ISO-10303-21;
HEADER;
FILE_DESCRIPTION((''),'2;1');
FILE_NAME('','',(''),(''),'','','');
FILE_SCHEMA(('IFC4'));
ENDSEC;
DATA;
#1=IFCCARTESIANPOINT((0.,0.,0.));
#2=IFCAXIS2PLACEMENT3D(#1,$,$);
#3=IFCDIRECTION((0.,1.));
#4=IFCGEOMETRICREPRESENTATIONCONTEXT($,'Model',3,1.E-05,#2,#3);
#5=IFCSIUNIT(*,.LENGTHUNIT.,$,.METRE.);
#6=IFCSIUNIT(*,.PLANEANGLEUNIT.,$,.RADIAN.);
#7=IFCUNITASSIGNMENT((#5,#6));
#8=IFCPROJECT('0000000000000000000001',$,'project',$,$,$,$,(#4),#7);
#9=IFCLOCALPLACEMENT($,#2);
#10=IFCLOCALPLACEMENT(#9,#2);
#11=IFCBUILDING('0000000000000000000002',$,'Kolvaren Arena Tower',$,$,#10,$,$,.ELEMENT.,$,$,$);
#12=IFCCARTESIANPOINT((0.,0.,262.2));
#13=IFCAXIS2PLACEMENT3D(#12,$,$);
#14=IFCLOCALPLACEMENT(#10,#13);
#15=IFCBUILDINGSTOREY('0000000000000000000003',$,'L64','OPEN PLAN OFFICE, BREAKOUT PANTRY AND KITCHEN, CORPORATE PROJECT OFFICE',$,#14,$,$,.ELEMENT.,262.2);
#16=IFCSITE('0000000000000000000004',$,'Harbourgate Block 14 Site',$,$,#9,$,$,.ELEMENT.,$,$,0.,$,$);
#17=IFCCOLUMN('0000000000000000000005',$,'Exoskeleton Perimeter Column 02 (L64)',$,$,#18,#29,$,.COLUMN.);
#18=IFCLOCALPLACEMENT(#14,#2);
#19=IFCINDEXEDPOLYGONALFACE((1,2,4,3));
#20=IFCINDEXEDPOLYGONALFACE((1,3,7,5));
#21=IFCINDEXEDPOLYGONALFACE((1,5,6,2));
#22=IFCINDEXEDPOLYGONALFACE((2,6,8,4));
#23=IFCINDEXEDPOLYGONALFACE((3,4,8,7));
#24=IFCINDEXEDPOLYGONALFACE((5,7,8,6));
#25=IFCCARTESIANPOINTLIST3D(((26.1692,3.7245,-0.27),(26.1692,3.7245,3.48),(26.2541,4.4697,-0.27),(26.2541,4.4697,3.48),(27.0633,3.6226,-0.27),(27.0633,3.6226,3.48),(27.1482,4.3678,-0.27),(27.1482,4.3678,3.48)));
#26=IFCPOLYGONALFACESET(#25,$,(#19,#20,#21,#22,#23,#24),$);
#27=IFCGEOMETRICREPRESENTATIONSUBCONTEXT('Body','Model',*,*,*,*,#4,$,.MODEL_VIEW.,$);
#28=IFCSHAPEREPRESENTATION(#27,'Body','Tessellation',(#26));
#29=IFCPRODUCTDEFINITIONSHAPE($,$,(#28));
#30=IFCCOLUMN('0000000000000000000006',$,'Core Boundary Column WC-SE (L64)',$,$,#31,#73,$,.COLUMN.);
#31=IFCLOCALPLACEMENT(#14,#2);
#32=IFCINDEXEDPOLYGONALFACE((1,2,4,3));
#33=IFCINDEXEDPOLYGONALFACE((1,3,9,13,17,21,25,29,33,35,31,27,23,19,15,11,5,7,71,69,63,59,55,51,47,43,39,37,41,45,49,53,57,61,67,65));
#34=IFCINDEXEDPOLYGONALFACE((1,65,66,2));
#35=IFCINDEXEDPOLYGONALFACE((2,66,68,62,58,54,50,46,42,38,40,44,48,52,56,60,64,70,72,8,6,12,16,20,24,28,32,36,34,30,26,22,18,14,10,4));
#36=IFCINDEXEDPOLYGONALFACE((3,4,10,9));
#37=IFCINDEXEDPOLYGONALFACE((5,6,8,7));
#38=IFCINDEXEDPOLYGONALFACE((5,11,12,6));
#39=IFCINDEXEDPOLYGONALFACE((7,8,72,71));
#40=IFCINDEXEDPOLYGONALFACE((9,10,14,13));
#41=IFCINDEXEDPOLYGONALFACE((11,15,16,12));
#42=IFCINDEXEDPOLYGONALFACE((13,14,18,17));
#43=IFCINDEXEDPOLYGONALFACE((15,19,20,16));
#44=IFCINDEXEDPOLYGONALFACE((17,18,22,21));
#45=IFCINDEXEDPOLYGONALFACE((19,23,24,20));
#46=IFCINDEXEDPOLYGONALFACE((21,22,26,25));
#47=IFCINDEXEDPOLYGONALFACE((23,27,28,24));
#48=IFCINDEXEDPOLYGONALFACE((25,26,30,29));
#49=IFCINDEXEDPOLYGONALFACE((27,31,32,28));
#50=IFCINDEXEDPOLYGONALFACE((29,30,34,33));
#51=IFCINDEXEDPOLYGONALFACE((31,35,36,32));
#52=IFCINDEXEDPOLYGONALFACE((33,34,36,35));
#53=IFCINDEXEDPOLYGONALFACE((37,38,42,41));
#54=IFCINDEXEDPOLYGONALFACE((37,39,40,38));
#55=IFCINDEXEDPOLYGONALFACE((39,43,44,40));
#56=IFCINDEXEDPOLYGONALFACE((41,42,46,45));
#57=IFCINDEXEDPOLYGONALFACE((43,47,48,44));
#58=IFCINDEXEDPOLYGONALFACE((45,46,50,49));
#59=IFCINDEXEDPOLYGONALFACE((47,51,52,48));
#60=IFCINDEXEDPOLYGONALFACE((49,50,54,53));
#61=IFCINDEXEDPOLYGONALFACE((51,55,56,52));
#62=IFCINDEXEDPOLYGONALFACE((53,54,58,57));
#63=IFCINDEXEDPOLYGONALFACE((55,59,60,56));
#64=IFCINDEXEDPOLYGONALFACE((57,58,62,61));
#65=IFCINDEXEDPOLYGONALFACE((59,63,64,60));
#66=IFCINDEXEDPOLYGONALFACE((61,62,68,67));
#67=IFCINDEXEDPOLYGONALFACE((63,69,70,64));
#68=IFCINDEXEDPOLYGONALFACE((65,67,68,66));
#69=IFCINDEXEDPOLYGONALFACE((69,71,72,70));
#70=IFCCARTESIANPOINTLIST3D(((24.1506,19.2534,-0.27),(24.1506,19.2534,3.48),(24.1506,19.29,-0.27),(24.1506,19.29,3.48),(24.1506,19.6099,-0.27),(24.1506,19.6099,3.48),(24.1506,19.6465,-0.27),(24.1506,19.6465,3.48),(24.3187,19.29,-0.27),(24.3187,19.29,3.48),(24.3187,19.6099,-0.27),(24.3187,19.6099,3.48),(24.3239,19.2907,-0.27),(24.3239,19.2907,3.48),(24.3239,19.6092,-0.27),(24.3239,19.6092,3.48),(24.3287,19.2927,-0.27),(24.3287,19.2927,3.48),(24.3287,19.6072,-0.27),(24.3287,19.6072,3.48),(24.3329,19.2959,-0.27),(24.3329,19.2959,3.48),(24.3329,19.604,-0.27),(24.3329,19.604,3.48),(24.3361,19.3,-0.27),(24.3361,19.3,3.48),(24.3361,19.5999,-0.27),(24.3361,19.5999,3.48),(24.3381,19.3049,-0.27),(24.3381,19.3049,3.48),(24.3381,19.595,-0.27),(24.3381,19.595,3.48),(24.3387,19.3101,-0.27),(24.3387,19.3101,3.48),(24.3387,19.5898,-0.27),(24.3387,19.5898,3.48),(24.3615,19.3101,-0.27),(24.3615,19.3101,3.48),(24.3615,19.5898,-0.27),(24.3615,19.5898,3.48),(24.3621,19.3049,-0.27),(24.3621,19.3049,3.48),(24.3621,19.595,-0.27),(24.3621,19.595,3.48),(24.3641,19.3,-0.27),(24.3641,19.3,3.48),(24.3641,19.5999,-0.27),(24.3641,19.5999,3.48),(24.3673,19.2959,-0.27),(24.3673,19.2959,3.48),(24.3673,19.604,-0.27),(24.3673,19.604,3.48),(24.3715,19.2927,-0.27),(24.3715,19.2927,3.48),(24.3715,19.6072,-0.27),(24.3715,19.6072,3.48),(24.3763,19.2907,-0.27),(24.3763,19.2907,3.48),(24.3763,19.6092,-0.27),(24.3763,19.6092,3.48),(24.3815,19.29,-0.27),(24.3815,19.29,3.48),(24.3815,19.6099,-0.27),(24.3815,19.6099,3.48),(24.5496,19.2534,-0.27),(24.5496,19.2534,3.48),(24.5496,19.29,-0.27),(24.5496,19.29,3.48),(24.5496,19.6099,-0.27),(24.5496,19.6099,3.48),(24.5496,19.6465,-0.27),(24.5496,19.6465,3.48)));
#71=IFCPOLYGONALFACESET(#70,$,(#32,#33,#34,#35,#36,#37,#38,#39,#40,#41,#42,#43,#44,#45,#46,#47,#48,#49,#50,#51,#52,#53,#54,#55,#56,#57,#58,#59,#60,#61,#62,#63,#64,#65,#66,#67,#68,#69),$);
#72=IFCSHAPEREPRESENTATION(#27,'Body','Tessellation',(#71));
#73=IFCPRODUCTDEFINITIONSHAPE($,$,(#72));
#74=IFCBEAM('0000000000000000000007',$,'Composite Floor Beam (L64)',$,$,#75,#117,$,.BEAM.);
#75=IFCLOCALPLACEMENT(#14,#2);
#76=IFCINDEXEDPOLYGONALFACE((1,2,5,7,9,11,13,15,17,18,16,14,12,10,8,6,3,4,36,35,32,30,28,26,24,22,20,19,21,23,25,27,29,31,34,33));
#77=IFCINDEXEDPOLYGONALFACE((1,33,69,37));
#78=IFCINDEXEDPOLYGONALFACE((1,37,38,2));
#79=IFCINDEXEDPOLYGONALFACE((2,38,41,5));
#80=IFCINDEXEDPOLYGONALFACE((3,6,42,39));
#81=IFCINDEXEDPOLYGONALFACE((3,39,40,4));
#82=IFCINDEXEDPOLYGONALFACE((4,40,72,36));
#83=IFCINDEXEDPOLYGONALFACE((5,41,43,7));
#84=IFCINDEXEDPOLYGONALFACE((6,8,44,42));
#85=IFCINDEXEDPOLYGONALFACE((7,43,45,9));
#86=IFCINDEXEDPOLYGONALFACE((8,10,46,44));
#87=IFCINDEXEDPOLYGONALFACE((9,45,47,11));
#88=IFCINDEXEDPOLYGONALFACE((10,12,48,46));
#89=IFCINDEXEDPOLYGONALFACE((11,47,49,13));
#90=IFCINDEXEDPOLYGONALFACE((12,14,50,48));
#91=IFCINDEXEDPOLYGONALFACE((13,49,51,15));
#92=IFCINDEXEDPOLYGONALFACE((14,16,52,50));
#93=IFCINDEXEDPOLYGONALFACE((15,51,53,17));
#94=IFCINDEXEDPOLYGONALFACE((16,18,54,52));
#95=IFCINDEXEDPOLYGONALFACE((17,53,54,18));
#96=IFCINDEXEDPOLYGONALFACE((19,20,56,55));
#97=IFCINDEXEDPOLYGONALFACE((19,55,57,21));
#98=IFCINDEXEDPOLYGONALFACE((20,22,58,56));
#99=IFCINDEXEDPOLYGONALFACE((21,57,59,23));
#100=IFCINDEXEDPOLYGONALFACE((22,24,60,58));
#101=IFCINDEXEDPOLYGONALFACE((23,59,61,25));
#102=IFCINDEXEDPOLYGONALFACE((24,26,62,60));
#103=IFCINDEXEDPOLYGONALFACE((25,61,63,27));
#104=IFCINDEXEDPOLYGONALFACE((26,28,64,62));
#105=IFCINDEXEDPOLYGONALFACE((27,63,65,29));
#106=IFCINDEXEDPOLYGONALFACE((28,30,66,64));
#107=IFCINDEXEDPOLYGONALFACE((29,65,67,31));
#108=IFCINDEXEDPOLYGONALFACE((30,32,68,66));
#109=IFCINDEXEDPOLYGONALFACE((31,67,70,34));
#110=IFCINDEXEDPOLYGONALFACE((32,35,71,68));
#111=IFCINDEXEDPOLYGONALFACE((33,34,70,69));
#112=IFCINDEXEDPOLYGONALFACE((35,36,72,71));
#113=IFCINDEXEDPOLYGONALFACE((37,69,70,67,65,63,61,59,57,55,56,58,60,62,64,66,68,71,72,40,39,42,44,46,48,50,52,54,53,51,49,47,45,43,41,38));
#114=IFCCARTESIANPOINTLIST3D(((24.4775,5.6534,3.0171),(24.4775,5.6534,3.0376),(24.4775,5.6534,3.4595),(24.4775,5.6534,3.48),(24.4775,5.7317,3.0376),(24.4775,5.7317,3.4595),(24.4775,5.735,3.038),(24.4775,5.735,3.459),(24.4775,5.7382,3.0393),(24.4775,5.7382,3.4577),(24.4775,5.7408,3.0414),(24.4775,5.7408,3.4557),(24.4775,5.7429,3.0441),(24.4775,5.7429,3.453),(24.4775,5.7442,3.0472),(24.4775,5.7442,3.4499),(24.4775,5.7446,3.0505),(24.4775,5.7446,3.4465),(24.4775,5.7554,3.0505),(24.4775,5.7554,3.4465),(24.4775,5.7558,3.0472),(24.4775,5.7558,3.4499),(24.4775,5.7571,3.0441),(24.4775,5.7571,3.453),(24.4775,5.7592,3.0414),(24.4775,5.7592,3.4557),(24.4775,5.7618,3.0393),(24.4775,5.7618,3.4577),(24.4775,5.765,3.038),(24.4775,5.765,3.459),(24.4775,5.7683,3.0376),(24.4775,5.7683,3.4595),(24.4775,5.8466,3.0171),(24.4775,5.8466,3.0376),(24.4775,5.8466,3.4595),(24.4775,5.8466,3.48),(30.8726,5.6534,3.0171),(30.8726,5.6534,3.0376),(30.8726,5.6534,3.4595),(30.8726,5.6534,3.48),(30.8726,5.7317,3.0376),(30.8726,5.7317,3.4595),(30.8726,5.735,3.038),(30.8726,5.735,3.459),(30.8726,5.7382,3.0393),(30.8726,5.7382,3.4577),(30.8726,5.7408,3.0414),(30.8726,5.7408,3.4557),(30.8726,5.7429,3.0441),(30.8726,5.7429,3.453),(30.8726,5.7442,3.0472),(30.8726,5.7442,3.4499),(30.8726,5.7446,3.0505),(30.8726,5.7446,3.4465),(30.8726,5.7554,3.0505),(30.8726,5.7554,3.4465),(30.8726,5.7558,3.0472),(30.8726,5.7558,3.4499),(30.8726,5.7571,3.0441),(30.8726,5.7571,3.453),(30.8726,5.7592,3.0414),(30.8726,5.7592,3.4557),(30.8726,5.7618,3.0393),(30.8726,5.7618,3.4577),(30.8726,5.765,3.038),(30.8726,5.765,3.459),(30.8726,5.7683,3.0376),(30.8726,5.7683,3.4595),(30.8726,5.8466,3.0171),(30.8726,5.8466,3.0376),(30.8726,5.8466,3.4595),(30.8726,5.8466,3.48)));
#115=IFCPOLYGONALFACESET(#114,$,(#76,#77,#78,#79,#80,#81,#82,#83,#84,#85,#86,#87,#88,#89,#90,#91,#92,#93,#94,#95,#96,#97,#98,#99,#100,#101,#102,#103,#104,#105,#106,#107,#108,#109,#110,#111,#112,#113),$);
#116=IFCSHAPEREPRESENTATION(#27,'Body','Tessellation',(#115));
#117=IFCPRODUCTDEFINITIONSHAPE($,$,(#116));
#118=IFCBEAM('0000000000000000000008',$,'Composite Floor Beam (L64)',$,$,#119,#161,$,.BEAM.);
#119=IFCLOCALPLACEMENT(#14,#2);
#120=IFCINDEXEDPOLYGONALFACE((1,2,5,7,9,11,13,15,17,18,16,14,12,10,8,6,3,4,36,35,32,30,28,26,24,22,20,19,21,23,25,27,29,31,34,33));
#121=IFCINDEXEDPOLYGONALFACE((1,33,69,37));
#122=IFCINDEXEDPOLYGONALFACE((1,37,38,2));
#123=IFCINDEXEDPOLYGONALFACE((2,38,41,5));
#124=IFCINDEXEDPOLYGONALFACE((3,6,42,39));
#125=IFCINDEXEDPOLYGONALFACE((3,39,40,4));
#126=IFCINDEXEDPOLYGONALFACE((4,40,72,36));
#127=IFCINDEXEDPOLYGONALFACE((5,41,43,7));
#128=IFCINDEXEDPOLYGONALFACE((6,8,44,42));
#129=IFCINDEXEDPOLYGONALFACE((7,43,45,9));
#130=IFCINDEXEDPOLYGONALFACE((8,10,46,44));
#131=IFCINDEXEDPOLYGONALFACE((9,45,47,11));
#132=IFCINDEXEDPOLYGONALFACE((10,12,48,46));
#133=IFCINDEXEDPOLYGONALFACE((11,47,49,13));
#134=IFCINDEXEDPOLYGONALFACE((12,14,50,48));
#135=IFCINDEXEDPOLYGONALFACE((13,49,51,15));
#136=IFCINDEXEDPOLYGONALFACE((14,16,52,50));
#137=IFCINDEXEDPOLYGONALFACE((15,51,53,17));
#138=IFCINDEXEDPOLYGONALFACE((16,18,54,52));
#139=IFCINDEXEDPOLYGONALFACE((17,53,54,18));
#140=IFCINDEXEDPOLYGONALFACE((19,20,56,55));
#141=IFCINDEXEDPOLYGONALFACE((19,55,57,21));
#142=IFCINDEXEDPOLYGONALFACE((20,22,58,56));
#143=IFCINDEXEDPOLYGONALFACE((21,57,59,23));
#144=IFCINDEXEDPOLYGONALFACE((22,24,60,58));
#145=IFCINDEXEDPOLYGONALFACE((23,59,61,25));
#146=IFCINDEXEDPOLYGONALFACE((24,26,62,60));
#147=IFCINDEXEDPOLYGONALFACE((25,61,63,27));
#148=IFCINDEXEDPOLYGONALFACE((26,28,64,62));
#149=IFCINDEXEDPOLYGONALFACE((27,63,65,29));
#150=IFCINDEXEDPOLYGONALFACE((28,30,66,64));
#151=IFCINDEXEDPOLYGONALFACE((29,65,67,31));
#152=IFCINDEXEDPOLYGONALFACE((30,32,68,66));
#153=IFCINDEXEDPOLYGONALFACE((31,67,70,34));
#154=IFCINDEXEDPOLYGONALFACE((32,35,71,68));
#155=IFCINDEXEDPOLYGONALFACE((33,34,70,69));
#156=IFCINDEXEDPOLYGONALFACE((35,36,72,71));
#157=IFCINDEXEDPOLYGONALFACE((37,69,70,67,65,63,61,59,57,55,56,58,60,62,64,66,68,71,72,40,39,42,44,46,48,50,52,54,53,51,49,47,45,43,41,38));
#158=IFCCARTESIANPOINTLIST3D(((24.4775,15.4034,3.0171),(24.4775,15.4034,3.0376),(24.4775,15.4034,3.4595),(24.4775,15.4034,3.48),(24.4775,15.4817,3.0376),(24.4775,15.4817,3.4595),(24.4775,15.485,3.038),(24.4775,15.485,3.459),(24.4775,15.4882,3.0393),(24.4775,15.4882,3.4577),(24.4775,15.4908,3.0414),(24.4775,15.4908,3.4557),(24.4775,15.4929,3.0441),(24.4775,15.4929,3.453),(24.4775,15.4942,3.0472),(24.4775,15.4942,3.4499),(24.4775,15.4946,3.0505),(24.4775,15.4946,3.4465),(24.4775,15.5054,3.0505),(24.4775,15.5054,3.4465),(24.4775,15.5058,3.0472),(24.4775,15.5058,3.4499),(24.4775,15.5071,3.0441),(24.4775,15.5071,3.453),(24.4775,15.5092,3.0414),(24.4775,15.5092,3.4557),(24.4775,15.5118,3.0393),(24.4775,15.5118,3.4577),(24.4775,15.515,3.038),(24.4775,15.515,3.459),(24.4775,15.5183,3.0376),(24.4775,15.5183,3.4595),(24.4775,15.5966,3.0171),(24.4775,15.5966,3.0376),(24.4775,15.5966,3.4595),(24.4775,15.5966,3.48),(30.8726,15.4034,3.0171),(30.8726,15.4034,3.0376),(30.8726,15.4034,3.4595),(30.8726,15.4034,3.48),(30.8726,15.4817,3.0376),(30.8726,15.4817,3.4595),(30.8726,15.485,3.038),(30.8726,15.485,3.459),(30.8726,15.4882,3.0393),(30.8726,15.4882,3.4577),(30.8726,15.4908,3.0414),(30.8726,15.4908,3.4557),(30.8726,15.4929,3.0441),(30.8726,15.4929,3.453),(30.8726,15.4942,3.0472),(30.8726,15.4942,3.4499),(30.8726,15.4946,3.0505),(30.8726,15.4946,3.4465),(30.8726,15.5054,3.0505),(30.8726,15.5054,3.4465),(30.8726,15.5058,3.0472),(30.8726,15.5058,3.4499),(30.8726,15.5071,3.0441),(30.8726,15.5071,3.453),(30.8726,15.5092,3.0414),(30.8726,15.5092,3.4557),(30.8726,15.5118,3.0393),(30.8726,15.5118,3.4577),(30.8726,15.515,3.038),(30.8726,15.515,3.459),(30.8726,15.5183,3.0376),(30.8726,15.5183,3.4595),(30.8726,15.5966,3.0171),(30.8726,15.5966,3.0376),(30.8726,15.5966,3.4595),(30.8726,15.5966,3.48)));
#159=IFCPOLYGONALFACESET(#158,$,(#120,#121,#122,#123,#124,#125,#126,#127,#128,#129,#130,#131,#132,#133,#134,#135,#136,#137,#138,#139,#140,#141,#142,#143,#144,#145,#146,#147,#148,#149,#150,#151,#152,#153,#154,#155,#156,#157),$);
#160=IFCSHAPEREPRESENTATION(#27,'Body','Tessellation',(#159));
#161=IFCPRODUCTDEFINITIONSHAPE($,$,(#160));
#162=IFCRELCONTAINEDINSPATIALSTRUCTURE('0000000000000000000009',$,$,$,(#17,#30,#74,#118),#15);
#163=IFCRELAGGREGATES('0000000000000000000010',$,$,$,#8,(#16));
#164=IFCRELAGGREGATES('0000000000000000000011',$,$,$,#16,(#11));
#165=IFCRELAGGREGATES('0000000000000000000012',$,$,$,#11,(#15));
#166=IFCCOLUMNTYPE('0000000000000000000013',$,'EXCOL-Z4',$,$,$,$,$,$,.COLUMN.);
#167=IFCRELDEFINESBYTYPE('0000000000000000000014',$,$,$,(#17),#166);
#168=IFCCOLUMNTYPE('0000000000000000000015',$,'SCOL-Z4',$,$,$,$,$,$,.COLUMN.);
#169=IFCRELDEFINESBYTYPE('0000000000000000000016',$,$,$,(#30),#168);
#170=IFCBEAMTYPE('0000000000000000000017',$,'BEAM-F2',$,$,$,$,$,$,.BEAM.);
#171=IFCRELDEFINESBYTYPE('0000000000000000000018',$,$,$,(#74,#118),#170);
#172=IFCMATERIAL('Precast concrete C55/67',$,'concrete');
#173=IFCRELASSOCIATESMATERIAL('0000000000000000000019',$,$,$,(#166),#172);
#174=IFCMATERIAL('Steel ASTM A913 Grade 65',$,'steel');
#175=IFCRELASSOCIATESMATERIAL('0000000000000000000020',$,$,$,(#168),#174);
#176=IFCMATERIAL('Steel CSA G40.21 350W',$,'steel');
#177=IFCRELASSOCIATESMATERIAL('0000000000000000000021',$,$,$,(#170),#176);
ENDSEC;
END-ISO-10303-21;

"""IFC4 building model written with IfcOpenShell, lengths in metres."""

from ifc_helpers import new_model, si_unit, direction, frame, origin, origin_2d, place, context, subcontext, project, spatial, rectangle, i_section, extrude, material, material_profile, profile_set, type_object, element, save


model = new_model("IFC4")

# Units and contexts
model_context = context("Model", 3, precision=1e-05, world=origin(), true_north=direction((0.0, 1.0)))
body_context = subcontext(model_context, "Body", "Model", "MODEL_VIEW")
ifc_project = project(units=[si_unit("LENGTHUNIT", "METRE"), si_unit("PLANEANGLEUNIT", "RADIAN")], contexts=[model_context])

# Site, building, storey
site_placement = place(None, origin())
site = spatial("IfcSite", under=ifc_project, at=site_placement, Name="Harbourgate Block 14 Site", CompositionType="ELEMENT", RefElevation=0.0)
building_placement = place(site_placement, origin())
building = spatial("IfcBuilding", under=site, at=building_placement, Name="Kolvaren Arena Tower", CompositionType="ELEMENT")
storey_placement = place(building_placement, frame((0.0, 0.0, 262.2)))
storey = spatial("IfcBuildingStorey", under=building, at=storey_placement, Name="L64", Description="OPEN PLAN OFFICE, BREAKOUT PANTRY AND KITCHEN, CORPORATE PROJECT OFFICE", CompositionType="ELEMENT", Elevation=262.2)

# Columns
ifc_material_1 = material(Name="Precast concrete C55/67", Category="concrete")
ifc_material_profile_1 = material_profile(ifc_material_1, rectangle(XDim=0.8999, YDim=0.75, at=origin_2d()), Name="RC-900x750")
ifc_profile_set_1 = profile_set([ifc_material_profile_1], Name="Precast concrete C55/67")
column_type_1 = type_object("IfcColumnType", Name="EXCOL-Z4", PredefinedType="COLUMN", material=ifc_profile_set_1)
column_1_placement = place(storey_placement, frame((26.6587, 4.0461, -0.27), z_axis=(0.0, 0.0, 1.0), x_axis=(0.993572, -0.113203, 0.0)))
element("IfcColumn", 1, at=column_1_placement, inside=storey, type_object=column_type_1, Name="Exoskeleton Perimeter Column 02 (L64)", PredefinedType="COLUMN", context=body_context, shape_type="SweptSolid", body=[
    extrude(rectangle(XDim=0.8999, YDim=0.75, at=origin_2d()), origin(), (0.0, 0.0, 1.0), 3.75),
])
ifc_material_2 = material(Name="Steel ASTM A913 Grade 65", Category="steel")
ifc_material_profile_2 = material_profile(ifc_material_2, i_section(OverallWidth=0.3989, OverallDepth=0.3931, WebThickness=0.0227, FlangeThickness=0.0366, FilletRadius=0.02, at=origin_2d()), Name="W360x287")
ifc_profile_set_2 = profile_set([ifc_material_profile_2], Name="Steel ASTM A913 Grade 65")
column_type_2 = type_object("IfcColumnType", Name="SCOL-Z4", PredefinedType="COLUMN", material=ifc_profile_set_2)
column_2_placement = place(storey_placement, frame((24.3501, 19.45, -0.27), z_axis=(0.0, 0.0, 1.0), x_axis=(1.0, 0.0, 0.0)))
element("IfcColumn", 2, at=column_2_placement, inside=storey, type_object=column_type_2, Name="Core Boundary Column WC-SE (L64)", PredefinedType="COLUMN", context=body_context, shape_type="SweptSolid", body=[
    extrude(i_section(OverallWidth=0.3989, OverallDepth=0.3931, WebThickness=0.0227, FlangeThickness=0.0366, FilletRadius=0.02, at=origin_2d()), origin(), (0.0, 0.0, 1.0), 3.75),
])

# Beams
ifc_material_3 = material(Name="Steel CSA G40.21 350W", Category="steel")
ifc_material_profile_3 = material_profile(ifc_material_3, i_section(OverallWidth=0.1931, OverallDepth=0.4629, WebThickness=0.0107, FlangeThickness=0.0205, FilletRadius=0.0129, at=origin_2d()), Name="W460x113")
ifc_profile_set_3 = profile_set([ifc_material_profile_3], Name="Steel CSA G40.21 350W")
beam_type_1 = type_object("IfcBeamType", Name="BEAM-F2", PredefinedType="BEAM", material=ifc_profile_set_3)
for number, where, z_axis, x_axis, name in (
    (3, (24.4775, 5.75, 3.2485), (1.0, 0.0, 0.0), (0.0, 1.0, 0.0), "Composite Floor Beam (L64)"),
    (4, (24.4775, 15.5, 3.2485), (1.0, 0.0, 0.0), (0.0, 1.0, 0.0), "Composite Floor Beam (L64)"),
):
    element("IfcBeam", number, at=place(storey_placement, frame(where, z_axis=z_axis, x_axis=x_axis)), inside=storey, type_object=beam_type_1, Name=name, PredefinedType="BEAM", context=body_context, shape_type="SweptSolid", body=[
        extrude(i_section(OverallWidth=0.1931, OverallDepth=0.4629, WebThickness=0.0107, FlangeThickness=0.0205, FilletRadius=0.0129, at=origin_2d()), origin(), (0.0, 0.0, 1.0), 6.395),
    ])

save(model, "model.ifc")
